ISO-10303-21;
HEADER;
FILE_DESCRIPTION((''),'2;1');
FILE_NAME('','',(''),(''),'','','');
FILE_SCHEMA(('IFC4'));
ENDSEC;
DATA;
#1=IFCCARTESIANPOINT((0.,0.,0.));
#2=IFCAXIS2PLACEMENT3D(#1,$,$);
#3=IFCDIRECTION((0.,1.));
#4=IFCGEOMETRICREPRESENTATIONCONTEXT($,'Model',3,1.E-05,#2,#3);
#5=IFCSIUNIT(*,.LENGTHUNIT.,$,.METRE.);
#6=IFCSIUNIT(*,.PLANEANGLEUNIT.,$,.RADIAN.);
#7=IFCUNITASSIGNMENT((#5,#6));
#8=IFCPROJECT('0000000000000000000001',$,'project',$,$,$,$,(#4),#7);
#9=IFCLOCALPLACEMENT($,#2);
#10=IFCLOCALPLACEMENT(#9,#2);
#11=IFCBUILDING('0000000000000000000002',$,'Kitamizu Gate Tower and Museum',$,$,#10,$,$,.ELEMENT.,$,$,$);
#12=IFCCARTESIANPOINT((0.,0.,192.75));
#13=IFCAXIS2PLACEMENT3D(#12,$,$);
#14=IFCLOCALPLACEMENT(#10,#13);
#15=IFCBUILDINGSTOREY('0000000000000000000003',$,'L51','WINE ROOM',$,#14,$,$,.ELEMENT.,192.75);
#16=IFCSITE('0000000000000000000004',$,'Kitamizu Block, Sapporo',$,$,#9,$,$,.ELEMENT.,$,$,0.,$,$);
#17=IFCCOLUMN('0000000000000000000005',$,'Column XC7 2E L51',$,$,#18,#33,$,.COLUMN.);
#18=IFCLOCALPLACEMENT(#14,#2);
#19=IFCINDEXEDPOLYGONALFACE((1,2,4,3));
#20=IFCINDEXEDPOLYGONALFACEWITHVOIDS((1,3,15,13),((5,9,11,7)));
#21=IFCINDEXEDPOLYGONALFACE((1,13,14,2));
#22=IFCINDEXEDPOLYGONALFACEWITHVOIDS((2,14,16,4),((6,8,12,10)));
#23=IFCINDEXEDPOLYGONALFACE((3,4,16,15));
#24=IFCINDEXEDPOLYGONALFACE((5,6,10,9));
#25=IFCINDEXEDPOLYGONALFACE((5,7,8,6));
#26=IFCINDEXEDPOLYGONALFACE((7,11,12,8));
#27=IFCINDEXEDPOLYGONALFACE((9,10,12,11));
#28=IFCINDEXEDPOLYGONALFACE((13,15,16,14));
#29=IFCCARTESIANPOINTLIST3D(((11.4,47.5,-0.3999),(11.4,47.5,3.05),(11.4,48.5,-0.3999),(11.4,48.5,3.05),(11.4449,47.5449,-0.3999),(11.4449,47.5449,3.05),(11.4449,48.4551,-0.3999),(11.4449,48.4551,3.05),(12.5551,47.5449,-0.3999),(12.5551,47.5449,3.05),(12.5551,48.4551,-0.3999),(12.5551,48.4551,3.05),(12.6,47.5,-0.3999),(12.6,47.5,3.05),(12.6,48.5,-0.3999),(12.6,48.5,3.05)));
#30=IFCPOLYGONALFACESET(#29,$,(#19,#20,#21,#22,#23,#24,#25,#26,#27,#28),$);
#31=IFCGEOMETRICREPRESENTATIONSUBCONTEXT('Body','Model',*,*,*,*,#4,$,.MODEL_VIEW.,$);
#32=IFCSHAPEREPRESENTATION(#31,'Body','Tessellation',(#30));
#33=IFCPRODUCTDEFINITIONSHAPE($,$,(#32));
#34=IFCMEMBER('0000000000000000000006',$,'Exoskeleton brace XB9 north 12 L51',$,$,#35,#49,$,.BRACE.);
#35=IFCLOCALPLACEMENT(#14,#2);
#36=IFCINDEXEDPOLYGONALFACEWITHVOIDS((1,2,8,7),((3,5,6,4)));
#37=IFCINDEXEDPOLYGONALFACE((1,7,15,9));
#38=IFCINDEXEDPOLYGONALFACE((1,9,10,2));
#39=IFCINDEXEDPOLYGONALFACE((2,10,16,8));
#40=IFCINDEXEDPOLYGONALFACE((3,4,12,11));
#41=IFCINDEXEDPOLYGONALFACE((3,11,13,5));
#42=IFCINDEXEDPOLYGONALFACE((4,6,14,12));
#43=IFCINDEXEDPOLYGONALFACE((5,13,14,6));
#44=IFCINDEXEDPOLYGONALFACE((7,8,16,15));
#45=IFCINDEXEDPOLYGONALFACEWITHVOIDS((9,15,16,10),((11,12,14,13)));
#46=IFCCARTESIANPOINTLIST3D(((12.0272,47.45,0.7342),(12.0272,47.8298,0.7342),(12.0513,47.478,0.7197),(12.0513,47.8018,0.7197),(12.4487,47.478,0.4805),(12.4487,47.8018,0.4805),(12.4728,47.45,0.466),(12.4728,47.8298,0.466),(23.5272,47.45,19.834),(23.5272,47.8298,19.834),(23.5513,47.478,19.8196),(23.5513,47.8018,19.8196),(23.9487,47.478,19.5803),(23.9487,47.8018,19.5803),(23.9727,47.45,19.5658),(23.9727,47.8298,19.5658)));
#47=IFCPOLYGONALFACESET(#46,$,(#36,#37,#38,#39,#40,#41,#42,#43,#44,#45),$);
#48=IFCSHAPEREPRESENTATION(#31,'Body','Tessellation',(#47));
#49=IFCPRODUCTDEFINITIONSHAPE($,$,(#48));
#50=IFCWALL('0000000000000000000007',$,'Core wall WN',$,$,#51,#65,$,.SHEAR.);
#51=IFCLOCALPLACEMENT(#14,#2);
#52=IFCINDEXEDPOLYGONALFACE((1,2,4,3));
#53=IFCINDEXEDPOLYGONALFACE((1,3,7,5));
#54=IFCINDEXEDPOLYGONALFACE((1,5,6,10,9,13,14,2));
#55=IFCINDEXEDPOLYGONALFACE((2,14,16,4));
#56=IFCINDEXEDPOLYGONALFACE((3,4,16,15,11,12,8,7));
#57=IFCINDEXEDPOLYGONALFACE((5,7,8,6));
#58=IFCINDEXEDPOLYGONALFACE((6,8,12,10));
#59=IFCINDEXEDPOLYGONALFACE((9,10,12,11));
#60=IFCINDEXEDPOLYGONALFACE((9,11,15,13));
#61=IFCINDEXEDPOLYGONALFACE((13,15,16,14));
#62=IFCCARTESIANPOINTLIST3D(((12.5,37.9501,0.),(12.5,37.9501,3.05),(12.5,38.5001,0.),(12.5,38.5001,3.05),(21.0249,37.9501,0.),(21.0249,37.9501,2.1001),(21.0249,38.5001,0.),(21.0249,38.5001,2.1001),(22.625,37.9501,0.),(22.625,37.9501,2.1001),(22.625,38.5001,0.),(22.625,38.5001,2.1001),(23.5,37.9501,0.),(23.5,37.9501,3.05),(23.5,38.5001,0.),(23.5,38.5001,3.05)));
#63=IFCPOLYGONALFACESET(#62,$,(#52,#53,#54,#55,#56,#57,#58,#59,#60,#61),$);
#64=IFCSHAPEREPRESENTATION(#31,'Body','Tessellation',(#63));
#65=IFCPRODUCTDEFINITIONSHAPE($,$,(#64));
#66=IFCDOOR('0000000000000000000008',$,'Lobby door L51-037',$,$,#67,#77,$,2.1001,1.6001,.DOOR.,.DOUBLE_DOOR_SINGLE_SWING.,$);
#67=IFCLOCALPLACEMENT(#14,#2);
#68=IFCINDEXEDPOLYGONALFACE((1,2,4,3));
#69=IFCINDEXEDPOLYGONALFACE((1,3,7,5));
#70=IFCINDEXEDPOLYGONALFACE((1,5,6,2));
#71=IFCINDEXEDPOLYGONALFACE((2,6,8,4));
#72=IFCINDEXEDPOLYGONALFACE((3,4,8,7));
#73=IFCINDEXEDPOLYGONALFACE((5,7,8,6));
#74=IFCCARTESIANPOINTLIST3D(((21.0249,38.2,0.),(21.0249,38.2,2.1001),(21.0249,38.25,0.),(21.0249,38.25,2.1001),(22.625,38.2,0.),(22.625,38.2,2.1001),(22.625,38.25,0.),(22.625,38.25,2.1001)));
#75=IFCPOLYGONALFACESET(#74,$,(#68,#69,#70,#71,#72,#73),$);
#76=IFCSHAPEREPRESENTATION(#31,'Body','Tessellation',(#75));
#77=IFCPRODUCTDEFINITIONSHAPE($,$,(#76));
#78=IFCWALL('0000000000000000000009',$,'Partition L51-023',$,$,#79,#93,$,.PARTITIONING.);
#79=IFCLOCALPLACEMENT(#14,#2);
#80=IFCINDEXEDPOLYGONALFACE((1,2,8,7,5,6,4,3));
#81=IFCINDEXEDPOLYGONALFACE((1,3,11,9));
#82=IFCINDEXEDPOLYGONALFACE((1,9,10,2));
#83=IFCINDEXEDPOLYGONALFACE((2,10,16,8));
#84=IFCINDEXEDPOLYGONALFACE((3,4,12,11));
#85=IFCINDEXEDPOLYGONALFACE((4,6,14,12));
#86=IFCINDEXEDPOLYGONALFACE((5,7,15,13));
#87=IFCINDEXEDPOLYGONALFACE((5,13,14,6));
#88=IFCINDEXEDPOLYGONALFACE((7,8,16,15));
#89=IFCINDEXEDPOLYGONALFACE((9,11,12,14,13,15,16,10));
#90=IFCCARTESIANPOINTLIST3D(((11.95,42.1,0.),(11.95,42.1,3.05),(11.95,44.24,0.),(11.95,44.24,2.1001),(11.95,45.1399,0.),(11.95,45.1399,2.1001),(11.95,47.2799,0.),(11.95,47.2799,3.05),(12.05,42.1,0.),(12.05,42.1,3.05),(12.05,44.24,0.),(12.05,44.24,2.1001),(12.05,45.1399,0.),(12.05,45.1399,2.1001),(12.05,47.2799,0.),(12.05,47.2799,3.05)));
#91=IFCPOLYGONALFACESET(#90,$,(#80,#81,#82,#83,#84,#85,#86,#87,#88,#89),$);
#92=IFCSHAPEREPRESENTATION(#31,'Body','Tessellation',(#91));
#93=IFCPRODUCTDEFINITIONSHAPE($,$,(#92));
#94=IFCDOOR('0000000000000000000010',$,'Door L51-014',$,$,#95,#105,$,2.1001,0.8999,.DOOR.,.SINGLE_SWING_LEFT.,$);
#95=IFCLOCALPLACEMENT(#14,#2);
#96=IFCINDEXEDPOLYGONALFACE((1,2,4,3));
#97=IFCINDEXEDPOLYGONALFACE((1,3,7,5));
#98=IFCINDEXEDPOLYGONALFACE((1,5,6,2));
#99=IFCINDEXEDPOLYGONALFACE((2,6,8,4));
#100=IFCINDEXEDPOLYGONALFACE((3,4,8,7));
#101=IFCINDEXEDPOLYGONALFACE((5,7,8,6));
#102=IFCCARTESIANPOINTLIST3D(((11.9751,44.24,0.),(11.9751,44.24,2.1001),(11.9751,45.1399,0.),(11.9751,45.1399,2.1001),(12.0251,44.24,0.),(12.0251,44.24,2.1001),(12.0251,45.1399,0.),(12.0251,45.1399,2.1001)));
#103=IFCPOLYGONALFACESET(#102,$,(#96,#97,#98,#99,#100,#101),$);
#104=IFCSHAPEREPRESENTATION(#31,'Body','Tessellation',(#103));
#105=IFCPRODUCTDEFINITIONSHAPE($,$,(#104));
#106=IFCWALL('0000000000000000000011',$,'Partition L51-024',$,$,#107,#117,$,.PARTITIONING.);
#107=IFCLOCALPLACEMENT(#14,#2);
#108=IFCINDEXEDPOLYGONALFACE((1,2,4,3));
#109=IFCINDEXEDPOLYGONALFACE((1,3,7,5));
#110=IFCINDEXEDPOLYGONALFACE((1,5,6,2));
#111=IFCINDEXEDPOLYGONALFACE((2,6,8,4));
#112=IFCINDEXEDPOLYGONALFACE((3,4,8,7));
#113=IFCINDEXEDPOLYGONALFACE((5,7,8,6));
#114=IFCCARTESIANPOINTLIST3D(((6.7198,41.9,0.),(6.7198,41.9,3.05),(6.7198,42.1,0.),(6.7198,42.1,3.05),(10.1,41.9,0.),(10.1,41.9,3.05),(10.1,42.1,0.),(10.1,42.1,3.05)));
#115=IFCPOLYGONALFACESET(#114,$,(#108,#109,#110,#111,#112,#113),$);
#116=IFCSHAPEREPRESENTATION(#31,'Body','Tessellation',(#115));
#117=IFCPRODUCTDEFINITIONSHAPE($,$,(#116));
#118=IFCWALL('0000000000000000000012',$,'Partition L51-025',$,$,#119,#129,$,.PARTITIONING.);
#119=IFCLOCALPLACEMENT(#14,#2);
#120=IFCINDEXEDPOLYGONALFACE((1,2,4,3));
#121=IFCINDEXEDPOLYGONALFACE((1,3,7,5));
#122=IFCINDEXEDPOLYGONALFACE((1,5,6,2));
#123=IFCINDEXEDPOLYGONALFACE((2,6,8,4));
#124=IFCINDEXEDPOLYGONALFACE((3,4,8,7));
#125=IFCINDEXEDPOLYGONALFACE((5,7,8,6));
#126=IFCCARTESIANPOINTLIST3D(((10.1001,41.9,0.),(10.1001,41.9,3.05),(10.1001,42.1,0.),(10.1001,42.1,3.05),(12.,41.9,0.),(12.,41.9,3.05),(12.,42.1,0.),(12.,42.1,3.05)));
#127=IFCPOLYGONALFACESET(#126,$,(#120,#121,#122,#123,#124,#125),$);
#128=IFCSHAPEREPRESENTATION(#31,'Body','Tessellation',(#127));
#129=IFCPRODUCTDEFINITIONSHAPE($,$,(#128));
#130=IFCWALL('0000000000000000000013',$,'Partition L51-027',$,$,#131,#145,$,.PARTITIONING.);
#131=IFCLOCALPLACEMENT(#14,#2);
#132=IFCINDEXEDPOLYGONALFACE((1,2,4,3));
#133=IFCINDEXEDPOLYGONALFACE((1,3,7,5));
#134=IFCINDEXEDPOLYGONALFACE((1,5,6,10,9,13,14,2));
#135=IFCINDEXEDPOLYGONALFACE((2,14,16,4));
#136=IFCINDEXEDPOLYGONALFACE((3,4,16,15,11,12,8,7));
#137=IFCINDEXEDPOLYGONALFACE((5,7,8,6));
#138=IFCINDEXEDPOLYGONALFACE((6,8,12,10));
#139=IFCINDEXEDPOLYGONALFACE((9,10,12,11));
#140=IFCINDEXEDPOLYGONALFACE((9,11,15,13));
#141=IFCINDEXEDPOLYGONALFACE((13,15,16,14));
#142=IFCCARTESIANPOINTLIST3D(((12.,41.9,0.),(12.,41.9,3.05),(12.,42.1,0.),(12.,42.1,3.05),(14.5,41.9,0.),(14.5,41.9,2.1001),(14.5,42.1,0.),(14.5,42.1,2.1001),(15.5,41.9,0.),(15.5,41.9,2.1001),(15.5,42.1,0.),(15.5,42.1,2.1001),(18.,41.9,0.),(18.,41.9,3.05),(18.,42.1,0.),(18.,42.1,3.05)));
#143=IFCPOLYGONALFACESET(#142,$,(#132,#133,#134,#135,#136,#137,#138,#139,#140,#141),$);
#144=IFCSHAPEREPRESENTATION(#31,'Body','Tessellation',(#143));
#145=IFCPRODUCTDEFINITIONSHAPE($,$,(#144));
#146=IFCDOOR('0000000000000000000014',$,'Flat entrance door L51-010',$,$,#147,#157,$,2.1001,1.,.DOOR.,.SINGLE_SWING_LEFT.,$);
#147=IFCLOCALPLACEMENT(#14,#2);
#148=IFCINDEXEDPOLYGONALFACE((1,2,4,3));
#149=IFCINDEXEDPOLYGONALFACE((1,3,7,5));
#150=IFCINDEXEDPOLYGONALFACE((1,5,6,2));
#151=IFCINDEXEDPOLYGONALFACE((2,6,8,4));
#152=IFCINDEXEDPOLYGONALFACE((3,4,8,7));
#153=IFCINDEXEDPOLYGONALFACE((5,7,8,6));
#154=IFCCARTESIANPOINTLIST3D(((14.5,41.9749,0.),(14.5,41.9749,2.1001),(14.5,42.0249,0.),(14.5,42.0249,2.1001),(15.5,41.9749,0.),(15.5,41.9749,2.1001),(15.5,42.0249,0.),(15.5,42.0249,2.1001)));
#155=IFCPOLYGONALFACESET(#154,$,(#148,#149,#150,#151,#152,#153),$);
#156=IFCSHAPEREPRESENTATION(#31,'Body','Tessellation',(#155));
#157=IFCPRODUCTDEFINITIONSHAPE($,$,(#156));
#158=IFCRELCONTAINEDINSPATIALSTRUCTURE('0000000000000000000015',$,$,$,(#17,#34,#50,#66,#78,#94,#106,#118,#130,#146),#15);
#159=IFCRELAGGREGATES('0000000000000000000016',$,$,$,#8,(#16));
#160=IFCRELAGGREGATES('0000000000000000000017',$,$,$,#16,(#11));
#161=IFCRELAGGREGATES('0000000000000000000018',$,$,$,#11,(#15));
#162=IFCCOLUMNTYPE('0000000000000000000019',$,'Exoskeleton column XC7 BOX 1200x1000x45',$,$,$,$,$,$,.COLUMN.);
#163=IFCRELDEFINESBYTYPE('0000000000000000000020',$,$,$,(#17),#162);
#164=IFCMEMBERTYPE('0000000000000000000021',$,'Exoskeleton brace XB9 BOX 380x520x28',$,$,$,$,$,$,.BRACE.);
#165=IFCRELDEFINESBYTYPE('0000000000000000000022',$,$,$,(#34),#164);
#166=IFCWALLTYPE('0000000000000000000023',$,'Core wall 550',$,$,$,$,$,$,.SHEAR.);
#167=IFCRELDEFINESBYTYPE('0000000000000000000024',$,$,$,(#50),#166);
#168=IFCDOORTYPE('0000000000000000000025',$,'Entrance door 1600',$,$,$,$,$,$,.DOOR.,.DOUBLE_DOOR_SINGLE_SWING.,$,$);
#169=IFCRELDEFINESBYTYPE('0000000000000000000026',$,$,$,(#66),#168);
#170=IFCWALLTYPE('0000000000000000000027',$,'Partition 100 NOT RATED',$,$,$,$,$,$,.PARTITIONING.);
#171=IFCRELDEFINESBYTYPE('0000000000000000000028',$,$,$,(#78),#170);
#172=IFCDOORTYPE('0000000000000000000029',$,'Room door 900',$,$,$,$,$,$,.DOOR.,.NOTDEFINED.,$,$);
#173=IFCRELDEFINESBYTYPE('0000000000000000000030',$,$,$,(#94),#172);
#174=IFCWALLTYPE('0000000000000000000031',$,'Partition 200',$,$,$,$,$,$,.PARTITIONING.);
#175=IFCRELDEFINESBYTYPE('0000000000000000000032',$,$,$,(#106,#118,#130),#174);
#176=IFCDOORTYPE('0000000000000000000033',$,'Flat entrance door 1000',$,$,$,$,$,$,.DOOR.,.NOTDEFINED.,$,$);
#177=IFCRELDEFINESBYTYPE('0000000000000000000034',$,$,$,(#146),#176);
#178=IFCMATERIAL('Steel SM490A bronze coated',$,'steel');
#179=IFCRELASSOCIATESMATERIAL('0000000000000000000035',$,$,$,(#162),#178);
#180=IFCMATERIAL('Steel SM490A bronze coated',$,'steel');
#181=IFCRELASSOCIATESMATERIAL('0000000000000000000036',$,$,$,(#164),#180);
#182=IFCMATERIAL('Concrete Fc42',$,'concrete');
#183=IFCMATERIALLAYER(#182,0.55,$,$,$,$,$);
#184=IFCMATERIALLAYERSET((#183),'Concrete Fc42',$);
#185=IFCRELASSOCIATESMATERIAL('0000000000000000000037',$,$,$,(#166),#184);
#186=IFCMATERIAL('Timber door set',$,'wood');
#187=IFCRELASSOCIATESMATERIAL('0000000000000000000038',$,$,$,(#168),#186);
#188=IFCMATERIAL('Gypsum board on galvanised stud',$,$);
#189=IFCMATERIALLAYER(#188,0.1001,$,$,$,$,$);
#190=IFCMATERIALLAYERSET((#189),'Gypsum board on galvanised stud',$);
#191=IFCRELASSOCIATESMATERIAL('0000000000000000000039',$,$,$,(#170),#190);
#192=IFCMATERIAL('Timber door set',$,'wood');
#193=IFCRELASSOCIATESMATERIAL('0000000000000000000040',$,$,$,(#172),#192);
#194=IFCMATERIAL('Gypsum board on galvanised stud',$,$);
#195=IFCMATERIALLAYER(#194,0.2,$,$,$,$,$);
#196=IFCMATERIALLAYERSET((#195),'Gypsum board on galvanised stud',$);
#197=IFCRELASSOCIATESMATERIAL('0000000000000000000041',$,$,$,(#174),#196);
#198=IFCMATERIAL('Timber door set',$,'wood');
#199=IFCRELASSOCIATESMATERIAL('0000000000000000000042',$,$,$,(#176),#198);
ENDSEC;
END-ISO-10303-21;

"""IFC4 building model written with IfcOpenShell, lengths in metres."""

from ifc_helpers import new_model, si_unit, direction, frame, frame_2d, origin, origin_2d, place, context, subcontext, project, spatial, rectangle, hollow_rectangle, extrude, material, layer, layer_set, material_profile, profile_set, type_object, element, fill, save


model = new_model("IFC4")

# Units and contexts
model_context = context("Model", 3, precision=1e-05, world=origin(), true_north=direction((0.0, 1.0)))
body_context = subcontext(model_context, "Body", "Model", "MODEL_VIEW")
ifc_project = project(units=[si_unit("LENGTHUNIT", "METRE"), si_unit("PLANEANGLEUNIT", "RADIAN")], contexts=[model_context])

# Site, building, storey
site_placement = place(None, origin())
site = spatial("IfcSite", under=ifc_project, at=site_placement, Name="Kitamizu Block, Sapporo", CompositionType="ELEMENT", RefElevation=0.0)
building_placement = place(site_placement, origin())
building = spatial("IfcBuilding", under=site, at=building_placement, Name="Kitamizu Gate Tower and Museum", CompositionType="ELEMENT")
storey_placement = place(building_placement, frame((0.0, 0.0, 192.75)))
storey = spatial("IfcBuildingStorey", under=building, at=storey_placement, Name="L51", Description="WINE ROOM", CompositionType="ELEMENT", Elevation=192.75)

# Column
ifc_material_1 = material(Name="Steel SM490A bronze coated", Category="steel")
ifc_material_profile_1 = material_profile(ifc_material_1, hollow_rectangle(XDim=1.2, YDim=1.0, WallThickness=0.0449, at=origin_2d()), Name="BOX 1200x1000x45")
ifc_profile_set_1 = profile_set([ifc_material_profile_1], Name="Steel SM490A bronze coated")
column_type = type_object("IfcColumnType", Name="Exoskeleton column XC7 BOX 1200x1000x45", PredefinedType="COLUMN", material=ifc_profile_set_1)
column_placement = place(storey_placement, frame((12.0, 48.0, -0.3999), z_axis=(0.0, 0.0, 1.0), x_axis=(1.0, 0.0, 0.0)))
element("IfcColumn", 1, at=column_placement, inside=storey, type_object=column_type, Name="Column XC7 2E L51", PredefinedType="COLUMN", context=body_context, shape_type="SweptSolid", body=[
    extrude(hollow_rectangle(XDim=1.2, YDim=1.0, WallThickness=0.0449, at=origin_2d()), origin(), (0.0, 0.0, 1.0), 3.45),
])

# Member
ifc_material_2 = material(Name="Steel SM490A bronze coated", Category="steel")
ifc_material_profile_2 = material_profile(ifc_material_2, hollow_rectangle(XDim=0.3799, YDim=0.52, WallThickness=0.0281, at=origin_2d()), Name="BOX 380x520x28")
ifc_profile_set_2 = profile_set([ifc_material_profile_2], Name="Steel SM490A bronze coated")
member_type = type_object("IfcMemberType", Name="Exoskeleton brace XB9 BOX 380x520x28", PredefinedType="BRACE", material=ifc_profile_set_2)
member_placement = place(storey_placement, frame((12.25, 47.6399, 0.6001), z_axis=(0.515817, 0.0, 0.856699), x_axis=(0.0, 1.0, 0.0)))
element("IfcMember", 2, at=member_placement, inside=storey, type_object=member_type, Name="Exoskeleton brace XB9 north 12 L51", PredefinedType="BRACE", context=body_context, shape_type="SweptSolid", body=[
    extrude(hollow_rectangle(XDim=0.3799, YDim=0.52, WallThickness=0.0281, at=origin_2d()), origin(), (0.0, 0.0, 1.0), 22.2947),
])

# Walls, openings, doors
ifc_material_3 = material(Name="Concrete Fc42", Category="concrete")
ifc_layer_1 = layer(ifc_material_3, 0.55)
ifc_layer_set_1 = layer_set([ifc_layer_1], Name="Concrete Fc42")
wall_type_1 = type_object("IfcWallType", Name="Core wall 550", PredefinedType="SHEAR", material=ifc_layer_set_1)
wall_1_placement = place(storey_placement, frame((12.5, 38.2251, 0.0), z_axis=(0.0, 0.0, 1.0), x_axis=(1.0, 0.0, 0.0)))
wall_1 = element("IfcWall", 3, at=wall_1_placement, inside=storey, type_object=wall_type_1, Name="Core wall WN", PredefinedType="SHEAR", context=body_context, shape_type="SweptSolid", body=[
    extrude(rectangle(XDim=11.0, YDim=0.55, at=frame_2d((5.5, 0.0))), origin(), (0.0, 0.0, 1.0), 3.05),
])
opening_1_placement = place(wall_1_placement, frame((8.5249, 0.0, 0.0)))
opening_1 = element("IfcOpeningElement", 4, at=opening_1_placement, cuts=wall_1, PredefinedType="OPENING", context=body_context, shape_type="SweptSolid", body=[
    extrude(rectangle(XDim=1.6001, YDim=2.1001, at=frame_2d((0.8, 1.05))), frame((0.0, 0.2852, 0.0), z_axis=(0.0, -1.0, 0.0), x_axis=(1.0, 0.0, 0.0)), (0.0, 0.0, 1.0), 0.5701),
])
ifc_material_4 = material(Name="Timber door set", Category="wood")
door_type_1 = type_object("IfcDoorType", Name="Entrance door 1600", OperationType="DOUBLE_DOOR_SINGLE_SWING", PredefinedType="DOOR", material=ifc_material_4)
door_1_placement = place(opening_1_placement, origin())
door_1 = element("IfcDoor", 5, at=door_1_placement, inside=storey, type_object=door_type_1, Name="Lobby door L51-037", OperationType="DOUBLE_DOOR_SINGLE_SWING", OverallHeight=2.1001, OverallWidth=1.6001, PredefinedType="DOOR", context=body_context, shape_type="SweptSolid", body=[
    extrude(rectangle(XDim=1.6001, YDim=2.1001, at=frame_2d((0.8, 1.05))), frame((0.0, 0.0249, 0.0), z_axis=(0.0, -1.0, 0.0), x_axis=(1.0, 0.0, 0.0)), (0.0, 0.0, 1.0), 0.05),
])
fill(opening_1, door_1)
ifc_material_5 = material(Name="Gypsum board on galvanised stud")
ifc_layer_2 = layer(ifc_material_5, 0.1001)
ifc_layer_set_2 = layer_set([ifc_layer_2], Name="Gypsum board on galvanised stud")
wall_type_2 = type_object("IfcWallType", Name="Partition 100 NOT RATED", PredefinedType="PARTITIONING", material=ifc_layer_set_2)
wall_2_placement = place(storey_placement, frame((12.0, 42.1001, 0.0), z_axis=(0.0, 0.0, 1.0), x_axis=(0.0, 1.0, 0.0)))
wall_2 = element("IfcWall", 6, at=wall_2_placement, inside=storey, type_object=wall_type_2, Name="Partition L51-023", PredefinedType="PARTITIONING", context=body_context, shape_type="SweptSolid", body=[
    extrude(rectangle(XDim=5.1799, YDim=0.1001, at=frame_2d((2.5898, 0.0))), origin(), (0.0, 0.0, 1.0), 3.05),
])
opening_2_placement = place(wall_2_placement, frame((2.1399, 0.0, 0.0)))
opening_2 = element("IfcOpeningElement", 7, at=opening_2_placement, cuts=wall_2, PredefinedType="OPENING", context=body_context, shape_type="SweptSolid", body=[
    extrude(rectangle(XDim=0.8999, YDim=2.1001, at=frame_2d((0.45, 1.05))), frame((0.0, 0.0601, 0.0), z_axis=(0.0, -1.0, 0.0), x_axis=(1.0, 0.0, 0.0)), (0.0, 0.0, 1.0), 0.1201),
])
ifc_material_6 = material(Name="Timber door set", Category="wood")
door_type_2 = type_object("IfcDoorType", Name="Room door 900", OperationType="NOTDEFINED", PredefinedType="DOOR", material=ifc_material_6)
door_2_placement = place(opening_2_placement, origin())
door_2 = element("IfcDoor", 8, at=door_2_placement, inside=storey, type_object=door_type_2, Name="Door L51-014", OperationType="SINGLE_SWING_LEFT", OverallHeight=2.1001, OverallWidth=0.8999, PredefinedType="DOOR", context=body_context, shape_type="SweptSolid", body=[
    extrude(rectangle(XDim=0.8999, YDim=2.1001, at=frame_2d((0.45, 1.05))), frame((0.0, 0.0249, 0.0), z_axis=(0.0, -1.0, 0.0), x_axis=(1.0, 0.0, 0.0)), (0.0, 0.0, 1.0), 0.05),
])
fill(opening_2, door_2)

# Walls
ifc_material_7 = material(Name="Gypsum board on galvanised stud")
ifc_layer_3 = layer(ifc_material_7, 0.2)
ifc_layer_set_3 = layer_set([ifc_layer_3], Name="Gypsum board on galvanised stud")
wall_type_3 = type_object("IfcWallType", Name="Partition 200", PredefinedType="PARTITIONING", material=ifc_layer_set_3)
wall_3_placement = place(storey_placement, frame((6.72, 42.0, 0.0), z_axis=(0.0, 0.0, 1.0), x_axis=(1.0, 0.0, 0.0)))
element("IfcWall", 9, at=wall_3_placement, inside=storey, type_object=wall_type_3, Name="Partition L51-024", PredefinedType="PARTITIONING", context=body_context, shape_type="SweptSolid", body=[
    extrude(rectangle(XDim=3.3801, YDim=0.2, at=frame_2d((1.6899, 0.0))), origin(), (0.0, 0.0, 1.0), 3.05),
])
wall_4_placement = place(storey_placement, frame((10.1001, 42.0, 0.0), z_axis=(0.0, 0.0, 1.0), x_axis=(1.0, 0.0, 0.0)))
element("IfcWall", 10, at=wall_4_placement, inside=storey, type_object=wall_type_3, Name="Partition L51-025", PredefinedType="PARTITIONING", context=body_context, shape_type="SweptSolid", body=[
    extrude(rectangle(XDim=1.8999, YDim=0.2, at=frame_2d((0.95, 0.0))), origin(), (0.0, 0.0, 1.0), 3.05),
])

# Wall, opening, door
wall_5_placement = place(storey_placement, frame((12.0, 42.0, 0.0), z_axis=(0.0, 0.0, 1.0), x_axis=(1.0, 0.0, 0.0)))
wall_5 = element("IfcWall", 11, at=wall_5_placement, inside=storey, type_object=wall_type_3, Name="Partition L51-027", PredefinedType="PARTITIONING", context=body_context, shape_type="SweptSolid", body=[
    extrude(rectangle(XDim=6.0, YDim=0.2, at=frame_2d((3.0, 0.0))), origin(), (0.0, 0.0, 1.0), 3.05),
])
opening_3_placement = place(wall_5_placement, frame((2.5, 0.0, 0.0)))
opening_3 = element("IfcOpeningElement", 12, at=opening_3_placement, cuts=wall_5, PredefinedType="OPENING", context=body_context, shape_type="SweptSolid", body=[
    extrude(rectangle(XDim=1.0, YDim=2.1001, at=frame_2d((0.5, 1.05))), frame((0.0, 0.1099, 0.0), z_axis=(0.0, -1.0, 0.0), x_axis=(1.0, 0.0, 0.0)), (0.0, 0.0, 1.0), 0.22),
])
ifc_material_8 = material(Name="Timber door set", Category="wood")
door_type_3 = type_object("IfcDoorType", Name="Flat entrance door 1000", OperationType="NOTDEFINED", PredefinedType="DOOR", material=ifc_material_8)
door_3_placement = place(opening_3_placement, origin())
door_3 = element("IfcDoor", 13, at=door_3_placement, inside=storey, type_object=door_type_3, Name="Flat entrance door L51-010", OperationType="SINGLE_SWING_LEFT", OverallHeight=2.1001, OverallWidth=1.0, PredefinedType="DOOR", context=body_context, shape_type="SweptSolid", body=[
    extrude(rectangle(XDim=1.0, YDim=2.1001, at=frame_2d((0.5, 1.05))), frame((0.0, 0.0249, 0.0), z_axis=(0.0, -1.0, 0.0), x_axis=(1.0, 0.0, 0.0)), (0.0, 0.0, 1.0), 0.05),
])
fill(opening_3, door_3)

save(model, "model.ifc")
